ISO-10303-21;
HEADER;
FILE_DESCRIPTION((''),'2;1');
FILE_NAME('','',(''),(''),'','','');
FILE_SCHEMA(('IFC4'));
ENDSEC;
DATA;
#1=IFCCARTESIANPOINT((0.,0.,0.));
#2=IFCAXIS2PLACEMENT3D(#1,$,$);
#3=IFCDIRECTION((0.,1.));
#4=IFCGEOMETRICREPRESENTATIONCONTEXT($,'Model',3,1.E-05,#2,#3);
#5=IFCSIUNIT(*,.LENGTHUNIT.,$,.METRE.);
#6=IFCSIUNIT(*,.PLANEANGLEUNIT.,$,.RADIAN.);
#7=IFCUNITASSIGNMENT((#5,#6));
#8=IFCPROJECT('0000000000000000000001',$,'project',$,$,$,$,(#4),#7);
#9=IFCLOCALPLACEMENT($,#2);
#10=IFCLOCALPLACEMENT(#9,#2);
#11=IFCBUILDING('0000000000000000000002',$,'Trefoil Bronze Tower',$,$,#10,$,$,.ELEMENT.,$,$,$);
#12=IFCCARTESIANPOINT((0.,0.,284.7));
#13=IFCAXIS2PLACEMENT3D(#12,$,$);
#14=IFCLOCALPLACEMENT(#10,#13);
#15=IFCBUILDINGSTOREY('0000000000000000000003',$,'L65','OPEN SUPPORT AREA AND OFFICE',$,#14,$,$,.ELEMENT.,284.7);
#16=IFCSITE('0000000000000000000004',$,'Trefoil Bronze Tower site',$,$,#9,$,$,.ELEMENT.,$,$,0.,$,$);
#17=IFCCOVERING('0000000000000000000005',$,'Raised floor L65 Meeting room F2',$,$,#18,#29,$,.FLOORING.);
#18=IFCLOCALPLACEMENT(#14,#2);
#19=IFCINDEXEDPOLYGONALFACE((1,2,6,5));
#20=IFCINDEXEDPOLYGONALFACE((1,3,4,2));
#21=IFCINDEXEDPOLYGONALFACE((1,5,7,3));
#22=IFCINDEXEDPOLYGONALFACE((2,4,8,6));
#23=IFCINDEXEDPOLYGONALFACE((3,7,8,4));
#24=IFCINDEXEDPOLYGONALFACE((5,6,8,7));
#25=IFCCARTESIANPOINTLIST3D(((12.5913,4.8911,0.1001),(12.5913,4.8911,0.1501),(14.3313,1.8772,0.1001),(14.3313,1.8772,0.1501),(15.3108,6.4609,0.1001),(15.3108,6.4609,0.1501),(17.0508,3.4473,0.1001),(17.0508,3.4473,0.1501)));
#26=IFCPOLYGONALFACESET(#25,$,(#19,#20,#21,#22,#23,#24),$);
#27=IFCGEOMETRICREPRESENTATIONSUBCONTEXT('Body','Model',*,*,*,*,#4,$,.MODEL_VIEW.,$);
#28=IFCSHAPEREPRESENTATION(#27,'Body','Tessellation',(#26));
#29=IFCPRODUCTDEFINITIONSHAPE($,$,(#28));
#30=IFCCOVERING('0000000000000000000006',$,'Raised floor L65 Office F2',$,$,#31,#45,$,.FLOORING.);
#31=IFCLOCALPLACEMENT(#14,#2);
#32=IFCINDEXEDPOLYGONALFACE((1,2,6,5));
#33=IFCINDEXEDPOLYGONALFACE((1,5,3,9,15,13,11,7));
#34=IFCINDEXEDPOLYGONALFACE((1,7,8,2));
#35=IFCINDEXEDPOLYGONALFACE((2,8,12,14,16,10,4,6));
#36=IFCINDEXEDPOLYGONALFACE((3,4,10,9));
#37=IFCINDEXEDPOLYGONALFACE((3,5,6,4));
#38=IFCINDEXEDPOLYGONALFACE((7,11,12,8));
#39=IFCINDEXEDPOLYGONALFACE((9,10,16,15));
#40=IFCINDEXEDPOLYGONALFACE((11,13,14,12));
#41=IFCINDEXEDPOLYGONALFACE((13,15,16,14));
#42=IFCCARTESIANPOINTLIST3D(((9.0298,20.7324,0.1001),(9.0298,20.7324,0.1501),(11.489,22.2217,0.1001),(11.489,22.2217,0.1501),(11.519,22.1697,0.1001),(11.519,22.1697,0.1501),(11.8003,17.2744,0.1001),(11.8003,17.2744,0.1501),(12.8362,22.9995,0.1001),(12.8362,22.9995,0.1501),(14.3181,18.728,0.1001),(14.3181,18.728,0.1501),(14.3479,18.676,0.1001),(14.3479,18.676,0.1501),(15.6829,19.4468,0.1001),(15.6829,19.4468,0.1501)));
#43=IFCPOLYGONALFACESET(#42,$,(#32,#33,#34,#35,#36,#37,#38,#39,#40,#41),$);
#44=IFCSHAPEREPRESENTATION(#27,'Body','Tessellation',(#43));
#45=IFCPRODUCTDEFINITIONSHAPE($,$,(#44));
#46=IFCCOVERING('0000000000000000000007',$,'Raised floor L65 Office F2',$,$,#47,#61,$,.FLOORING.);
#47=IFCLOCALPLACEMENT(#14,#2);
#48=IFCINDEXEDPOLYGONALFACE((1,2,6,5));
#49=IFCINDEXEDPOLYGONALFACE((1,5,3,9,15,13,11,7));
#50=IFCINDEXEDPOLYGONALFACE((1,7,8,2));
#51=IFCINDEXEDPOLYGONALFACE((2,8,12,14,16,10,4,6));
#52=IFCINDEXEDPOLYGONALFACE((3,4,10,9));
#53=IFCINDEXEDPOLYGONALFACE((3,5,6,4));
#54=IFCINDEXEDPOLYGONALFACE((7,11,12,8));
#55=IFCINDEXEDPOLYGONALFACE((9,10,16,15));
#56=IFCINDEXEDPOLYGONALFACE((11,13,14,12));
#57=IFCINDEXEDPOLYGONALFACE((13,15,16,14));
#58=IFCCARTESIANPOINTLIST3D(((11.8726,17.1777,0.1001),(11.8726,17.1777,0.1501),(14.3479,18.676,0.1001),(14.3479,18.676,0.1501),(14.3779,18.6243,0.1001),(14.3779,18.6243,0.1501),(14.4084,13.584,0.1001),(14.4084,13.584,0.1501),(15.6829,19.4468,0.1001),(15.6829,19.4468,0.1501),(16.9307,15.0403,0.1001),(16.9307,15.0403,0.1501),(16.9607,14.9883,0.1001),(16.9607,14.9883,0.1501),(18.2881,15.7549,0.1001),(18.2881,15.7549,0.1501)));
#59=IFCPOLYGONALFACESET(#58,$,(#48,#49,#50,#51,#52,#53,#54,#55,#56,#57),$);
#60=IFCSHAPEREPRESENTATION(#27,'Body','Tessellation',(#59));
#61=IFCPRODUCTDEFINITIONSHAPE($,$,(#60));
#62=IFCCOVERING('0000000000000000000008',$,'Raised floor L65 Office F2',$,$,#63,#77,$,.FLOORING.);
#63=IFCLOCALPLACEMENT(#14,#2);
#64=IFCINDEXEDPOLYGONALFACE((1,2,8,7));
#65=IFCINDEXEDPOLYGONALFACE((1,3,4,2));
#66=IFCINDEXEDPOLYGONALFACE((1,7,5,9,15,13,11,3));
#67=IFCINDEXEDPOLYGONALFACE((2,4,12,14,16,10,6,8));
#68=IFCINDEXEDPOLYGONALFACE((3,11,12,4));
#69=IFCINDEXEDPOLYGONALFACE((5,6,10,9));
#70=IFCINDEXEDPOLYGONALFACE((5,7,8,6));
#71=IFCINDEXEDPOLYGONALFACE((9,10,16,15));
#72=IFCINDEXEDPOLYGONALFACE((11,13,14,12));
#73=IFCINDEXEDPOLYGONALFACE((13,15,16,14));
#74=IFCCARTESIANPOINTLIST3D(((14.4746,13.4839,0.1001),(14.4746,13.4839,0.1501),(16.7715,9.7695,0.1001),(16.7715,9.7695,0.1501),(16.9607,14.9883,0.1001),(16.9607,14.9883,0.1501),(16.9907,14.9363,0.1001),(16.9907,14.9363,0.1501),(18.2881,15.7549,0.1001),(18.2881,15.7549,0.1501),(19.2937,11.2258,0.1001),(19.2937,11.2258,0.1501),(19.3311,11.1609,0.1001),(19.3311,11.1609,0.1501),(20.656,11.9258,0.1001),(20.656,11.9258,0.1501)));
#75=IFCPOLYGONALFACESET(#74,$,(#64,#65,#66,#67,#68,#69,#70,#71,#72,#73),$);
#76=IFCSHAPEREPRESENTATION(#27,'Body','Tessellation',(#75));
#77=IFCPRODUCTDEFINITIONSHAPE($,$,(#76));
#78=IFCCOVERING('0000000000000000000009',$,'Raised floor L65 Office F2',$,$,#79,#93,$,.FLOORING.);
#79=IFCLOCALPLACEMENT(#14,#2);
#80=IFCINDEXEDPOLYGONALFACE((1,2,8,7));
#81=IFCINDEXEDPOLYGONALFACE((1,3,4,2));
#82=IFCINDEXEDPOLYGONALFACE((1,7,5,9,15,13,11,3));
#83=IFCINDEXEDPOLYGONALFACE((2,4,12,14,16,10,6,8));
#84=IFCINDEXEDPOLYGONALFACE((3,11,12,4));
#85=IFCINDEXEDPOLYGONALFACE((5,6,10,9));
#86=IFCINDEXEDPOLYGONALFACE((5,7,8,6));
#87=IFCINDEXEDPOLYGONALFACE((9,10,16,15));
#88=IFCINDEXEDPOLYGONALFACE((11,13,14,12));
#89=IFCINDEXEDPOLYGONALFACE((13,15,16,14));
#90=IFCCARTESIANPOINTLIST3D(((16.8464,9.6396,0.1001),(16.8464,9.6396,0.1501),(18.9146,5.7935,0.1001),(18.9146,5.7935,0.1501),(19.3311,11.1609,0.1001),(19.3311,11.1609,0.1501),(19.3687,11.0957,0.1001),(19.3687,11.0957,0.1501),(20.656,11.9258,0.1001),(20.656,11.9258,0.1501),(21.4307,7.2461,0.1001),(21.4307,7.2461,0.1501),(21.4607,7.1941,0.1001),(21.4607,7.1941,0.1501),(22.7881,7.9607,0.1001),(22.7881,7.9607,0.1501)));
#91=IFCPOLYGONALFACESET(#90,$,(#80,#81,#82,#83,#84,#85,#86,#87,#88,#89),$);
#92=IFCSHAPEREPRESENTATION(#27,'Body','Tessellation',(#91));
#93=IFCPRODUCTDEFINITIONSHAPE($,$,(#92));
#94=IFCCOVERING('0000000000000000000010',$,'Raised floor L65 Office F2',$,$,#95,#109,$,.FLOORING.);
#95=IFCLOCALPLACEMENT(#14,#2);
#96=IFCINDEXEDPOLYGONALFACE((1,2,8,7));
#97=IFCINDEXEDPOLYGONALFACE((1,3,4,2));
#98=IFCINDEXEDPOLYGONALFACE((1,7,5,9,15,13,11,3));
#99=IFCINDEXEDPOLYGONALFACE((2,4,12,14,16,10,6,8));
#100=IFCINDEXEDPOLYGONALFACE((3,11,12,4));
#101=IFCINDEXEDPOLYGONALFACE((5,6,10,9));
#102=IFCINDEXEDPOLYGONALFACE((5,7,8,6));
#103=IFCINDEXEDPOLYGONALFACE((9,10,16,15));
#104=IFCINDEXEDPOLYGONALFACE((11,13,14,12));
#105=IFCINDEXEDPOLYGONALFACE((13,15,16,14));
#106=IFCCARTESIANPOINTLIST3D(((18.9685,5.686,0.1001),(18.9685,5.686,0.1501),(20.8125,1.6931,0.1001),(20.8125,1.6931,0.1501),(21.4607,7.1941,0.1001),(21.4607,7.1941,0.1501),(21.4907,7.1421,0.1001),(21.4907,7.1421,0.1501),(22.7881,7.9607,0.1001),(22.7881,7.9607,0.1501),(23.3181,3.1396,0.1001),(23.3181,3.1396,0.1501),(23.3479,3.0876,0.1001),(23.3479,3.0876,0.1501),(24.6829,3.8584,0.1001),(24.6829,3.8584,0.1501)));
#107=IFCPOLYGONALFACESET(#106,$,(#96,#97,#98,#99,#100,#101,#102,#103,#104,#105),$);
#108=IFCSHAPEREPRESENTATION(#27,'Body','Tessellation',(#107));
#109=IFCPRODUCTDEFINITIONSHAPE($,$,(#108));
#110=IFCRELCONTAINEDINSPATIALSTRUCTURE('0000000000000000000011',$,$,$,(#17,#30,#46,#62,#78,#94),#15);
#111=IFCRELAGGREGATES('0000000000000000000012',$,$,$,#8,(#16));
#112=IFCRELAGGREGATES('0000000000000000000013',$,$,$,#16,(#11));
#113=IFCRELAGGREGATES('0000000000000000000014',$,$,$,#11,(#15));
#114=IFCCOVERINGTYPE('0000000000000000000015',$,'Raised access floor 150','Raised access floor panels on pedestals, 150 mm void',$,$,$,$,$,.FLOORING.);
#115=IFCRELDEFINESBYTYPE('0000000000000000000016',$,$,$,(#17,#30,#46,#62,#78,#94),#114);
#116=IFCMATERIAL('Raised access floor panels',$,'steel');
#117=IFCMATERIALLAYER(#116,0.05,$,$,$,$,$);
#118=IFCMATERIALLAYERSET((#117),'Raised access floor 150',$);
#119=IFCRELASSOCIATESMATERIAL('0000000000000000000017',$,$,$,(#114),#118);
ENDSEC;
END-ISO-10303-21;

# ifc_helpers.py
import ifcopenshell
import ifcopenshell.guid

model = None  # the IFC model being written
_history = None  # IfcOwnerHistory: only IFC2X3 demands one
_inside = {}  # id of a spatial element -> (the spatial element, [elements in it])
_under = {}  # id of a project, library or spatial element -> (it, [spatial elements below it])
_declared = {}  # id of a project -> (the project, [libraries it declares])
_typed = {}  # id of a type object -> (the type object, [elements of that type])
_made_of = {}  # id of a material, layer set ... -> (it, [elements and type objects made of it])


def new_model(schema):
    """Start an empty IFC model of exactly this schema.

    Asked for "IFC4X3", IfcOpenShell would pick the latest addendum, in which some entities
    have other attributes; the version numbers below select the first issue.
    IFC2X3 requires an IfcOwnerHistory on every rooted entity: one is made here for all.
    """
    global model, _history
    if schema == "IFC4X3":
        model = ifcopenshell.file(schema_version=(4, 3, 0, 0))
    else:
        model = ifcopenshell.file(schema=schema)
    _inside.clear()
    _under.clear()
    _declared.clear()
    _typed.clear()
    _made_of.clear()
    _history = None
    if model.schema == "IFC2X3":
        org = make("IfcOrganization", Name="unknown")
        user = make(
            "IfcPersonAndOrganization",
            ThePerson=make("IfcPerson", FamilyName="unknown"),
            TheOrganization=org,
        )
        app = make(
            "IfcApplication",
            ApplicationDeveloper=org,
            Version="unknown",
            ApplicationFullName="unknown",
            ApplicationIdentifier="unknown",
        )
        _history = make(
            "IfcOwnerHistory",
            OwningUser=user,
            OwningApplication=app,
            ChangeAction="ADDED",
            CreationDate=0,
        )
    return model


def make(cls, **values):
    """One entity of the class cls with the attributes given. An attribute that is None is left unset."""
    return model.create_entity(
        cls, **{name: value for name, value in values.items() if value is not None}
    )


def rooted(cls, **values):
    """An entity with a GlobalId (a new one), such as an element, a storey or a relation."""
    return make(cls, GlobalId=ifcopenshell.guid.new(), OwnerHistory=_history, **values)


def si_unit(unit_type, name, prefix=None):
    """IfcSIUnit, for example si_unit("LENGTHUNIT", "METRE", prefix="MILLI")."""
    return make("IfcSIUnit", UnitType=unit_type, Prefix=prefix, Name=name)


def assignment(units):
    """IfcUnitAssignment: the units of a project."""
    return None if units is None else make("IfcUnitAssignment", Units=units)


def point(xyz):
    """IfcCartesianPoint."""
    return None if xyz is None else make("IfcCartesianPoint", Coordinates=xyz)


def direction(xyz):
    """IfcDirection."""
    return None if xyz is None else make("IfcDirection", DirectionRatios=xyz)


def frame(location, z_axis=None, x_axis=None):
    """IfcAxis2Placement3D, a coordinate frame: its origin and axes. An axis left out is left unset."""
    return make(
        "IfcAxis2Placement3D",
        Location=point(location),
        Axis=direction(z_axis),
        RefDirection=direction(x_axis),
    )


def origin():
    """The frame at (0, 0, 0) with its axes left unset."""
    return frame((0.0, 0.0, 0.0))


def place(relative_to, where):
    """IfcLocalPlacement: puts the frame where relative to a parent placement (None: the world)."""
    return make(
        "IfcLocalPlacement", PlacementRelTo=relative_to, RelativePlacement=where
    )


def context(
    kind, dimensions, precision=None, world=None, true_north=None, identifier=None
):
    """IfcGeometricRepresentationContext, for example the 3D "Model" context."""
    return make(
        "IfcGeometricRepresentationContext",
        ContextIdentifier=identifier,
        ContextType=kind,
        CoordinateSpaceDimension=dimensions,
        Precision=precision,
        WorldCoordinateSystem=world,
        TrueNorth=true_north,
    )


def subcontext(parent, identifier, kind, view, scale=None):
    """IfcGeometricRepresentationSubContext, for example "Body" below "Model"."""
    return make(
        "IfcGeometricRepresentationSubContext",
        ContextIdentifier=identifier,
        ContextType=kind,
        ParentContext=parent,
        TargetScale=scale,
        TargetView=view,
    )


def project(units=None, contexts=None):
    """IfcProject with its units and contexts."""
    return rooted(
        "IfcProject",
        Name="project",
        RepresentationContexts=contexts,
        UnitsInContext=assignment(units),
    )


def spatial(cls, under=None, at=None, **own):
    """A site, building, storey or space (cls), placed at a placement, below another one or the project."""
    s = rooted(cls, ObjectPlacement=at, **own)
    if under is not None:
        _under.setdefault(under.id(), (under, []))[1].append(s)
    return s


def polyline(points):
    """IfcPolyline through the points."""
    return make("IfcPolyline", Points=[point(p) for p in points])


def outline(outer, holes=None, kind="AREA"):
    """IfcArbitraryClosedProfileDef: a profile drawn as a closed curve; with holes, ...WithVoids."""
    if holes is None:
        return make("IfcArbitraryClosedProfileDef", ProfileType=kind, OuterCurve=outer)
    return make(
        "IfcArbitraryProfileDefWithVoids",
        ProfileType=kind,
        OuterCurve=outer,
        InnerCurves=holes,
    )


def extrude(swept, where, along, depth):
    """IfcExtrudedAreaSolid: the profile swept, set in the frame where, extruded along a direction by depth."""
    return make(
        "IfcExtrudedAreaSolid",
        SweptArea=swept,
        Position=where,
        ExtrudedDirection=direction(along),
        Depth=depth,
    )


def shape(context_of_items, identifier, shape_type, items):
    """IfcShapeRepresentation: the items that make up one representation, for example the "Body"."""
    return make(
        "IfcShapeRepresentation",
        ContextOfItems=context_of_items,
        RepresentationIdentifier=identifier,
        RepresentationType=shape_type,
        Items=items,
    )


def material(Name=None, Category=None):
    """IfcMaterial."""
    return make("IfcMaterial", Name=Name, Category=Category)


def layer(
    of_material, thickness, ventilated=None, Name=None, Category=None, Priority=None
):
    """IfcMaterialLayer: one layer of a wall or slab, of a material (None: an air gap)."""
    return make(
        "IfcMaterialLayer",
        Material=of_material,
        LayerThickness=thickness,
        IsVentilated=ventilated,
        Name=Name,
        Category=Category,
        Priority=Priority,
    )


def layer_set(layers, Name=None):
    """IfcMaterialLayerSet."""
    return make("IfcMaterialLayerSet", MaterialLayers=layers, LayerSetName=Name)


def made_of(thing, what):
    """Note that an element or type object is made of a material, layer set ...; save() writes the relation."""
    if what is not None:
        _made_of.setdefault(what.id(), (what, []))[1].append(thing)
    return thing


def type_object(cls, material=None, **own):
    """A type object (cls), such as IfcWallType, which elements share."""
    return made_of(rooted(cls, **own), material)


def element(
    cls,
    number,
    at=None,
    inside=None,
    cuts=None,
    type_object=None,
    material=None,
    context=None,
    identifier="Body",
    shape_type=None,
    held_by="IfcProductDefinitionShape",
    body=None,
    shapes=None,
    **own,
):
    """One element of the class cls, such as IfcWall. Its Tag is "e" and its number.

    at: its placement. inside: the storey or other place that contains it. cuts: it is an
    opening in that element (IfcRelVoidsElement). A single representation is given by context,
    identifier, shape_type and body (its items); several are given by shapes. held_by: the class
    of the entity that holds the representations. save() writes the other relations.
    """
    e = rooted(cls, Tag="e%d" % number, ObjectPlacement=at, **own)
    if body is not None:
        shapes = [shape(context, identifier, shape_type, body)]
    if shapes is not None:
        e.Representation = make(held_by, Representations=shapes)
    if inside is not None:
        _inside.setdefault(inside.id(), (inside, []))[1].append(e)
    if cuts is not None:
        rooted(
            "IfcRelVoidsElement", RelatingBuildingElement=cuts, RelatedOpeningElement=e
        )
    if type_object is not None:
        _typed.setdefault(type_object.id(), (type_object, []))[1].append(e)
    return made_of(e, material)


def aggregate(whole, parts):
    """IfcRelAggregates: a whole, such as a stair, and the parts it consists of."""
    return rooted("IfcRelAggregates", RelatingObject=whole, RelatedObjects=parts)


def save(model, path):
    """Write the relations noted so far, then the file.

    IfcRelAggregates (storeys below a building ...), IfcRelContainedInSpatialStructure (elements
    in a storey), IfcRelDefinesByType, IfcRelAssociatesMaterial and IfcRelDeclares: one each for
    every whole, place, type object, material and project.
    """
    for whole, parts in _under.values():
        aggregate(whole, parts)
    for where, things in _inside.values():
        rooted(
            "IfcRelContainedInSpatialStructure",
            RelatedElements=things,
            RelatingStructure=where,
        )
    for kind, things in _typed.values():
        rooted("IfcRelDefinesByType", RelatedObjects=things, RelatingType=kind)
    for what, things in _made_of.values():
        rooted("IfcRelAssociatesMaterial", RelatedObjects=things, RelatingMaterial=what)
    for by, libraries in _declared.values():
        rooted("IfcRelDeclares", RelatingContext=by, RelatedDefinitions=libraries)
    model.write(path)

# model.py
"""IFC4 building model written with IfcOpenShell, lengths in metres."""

from ifc_helpers import new_model, si_unit, direction, frame, origin, place, context, subcontext, project, spatial, polyline, outline, extrude, material, layer, layer_set, type_object, element, save


model = new_model("IFC4")

# Units and contexts
model_context = context("Model", 3, precision=1e-05, world=origin(), true_north=direction((0.0, 1.0)))
body_context = subcontext(model_context, "Body", "Model", "MODEL_VIEW")
ifc_project = project(units=[si_unit("LENGTHUNIT", "METRE"), si_unit("PLANEANGLEUNIT", "RADIAN")], contexts=[model_context])

# Site, building, storey
site_placement = place(None, origin())
site = spatial("IfcSite", under=ifc_project, at=site_placement, Name="Trefoil Bronze Tower site", CompositionType="ELEMENT", RefElevation=0.0)
building_placement = place(site_placement, origin())
building = spatial("IfcBuilding", under=site, at=building_placement, Name="Trefoil Bronze Tower", CompositionType="ELEMENT")
storey_placement = place(building_placement, frame((0.0, 0.0, 284.7)))
storey = spatial("IfcBuildingStorey", under=building, at=storey_placement, Name="L65", Description="OPEN SUPPORT AREA AND OFFICE", CompositionType="ELEMENT", Elevation=284.7)

# Coverings
ifc_material_1 = material(Name="Raised access floor panels", Category="steel")
ifc_layer_1 = layer(ifc_material_1, 0.05)
ifc_layer_set_1 = layer_set([ifc_layer_1], Name="Raised access floor 150")
covering_type_1 = type_object("IfcCoveringType", Name="Raised access floor 150", Description="Raised access floor panels on pedestals, 150 mm void", PredefinedType="FLOORING", material=ifc_layer_set_1)
covering_1_placement = place(storey_placement, frame((0.0, 0.0, 0.1001)))
element("IfcCovering", 1, at=covering_1_placement, inside=storey, type_object=covering_type_1, Name="Raised floor L65 Meeting room F2", PredefinedType="FLOORING", context=body_context, shape_type="SweptSolid", body=[
    extrude(outline(polyline([(12.5913, 4.8911), (15.3108, 6.4609), (17.0508, 3.4473), (14.3313, 1.8772), (12.5913, 4.8911)])), origin(), (0.0, 0.0, 1.0), 0.05),
])
covering_2_placement = place(storey_placement, frame((0.0, 0.0, 0.1001)))
element("IfcCovering", 2, at=covering_2_placement, inside=storey, type_object=covering_type_1, Name="Raised floor L65 Office F2", PredefinedType="FLOORING", context=body_context, shape_type="SweptSolid", body=[
    extrude(outline(polyline([(15.6829, 19.4468), (14.3479, 18.676), (14.3181, 18.728), (11.8003, 17.2744), (9.0298, 20.7324), (11.519, 22.1697), (11.489, 22.2217), (12.8362, 22.9995), (15.6829, 19.4468)])), origin(), (0.0, 0.0, 1.0), 0.05),
])
covering_3_placement = place(storey_placement, frame((0.0, 0.0, 0.1001)))
element("IfcCovering", 3, at=covering_3_placement, inside=storey, type_object=covering_type_1, Name="Raised floor L65 Office F2", PredefinedType="FLOORING", context=body_context, shape_type="SweptSolid", body=[
    extrude(outline(polyline([(18.2881, 15.7549), (16.9607, 14.9883), (16.9307, 15.0403), (14.4084, 13.584), (11.8726, 17.1777), (14.3779, 18.6243), (14.3479, 18.676), (15.6829, 19.4468), (18.2881, 15.7549)])), origin(), (0.0, 0.0, 1.0), 0.05),
])
covering_4_placement = place(storey_placement, frame((0.0, 0.0, 0.1001)))
element("IfcCovering", 4, at=covering_4_placement, inside=storey, type_object=covering_type_1, Name="Raised floor L65 Office F2", PredefinedType="FLOORING", context=body_context, shape_type="SweptSolid", body=[
    extrude(outline(polyline([(18.2881, 15.7549), (20.656, 11.9258), (19.3311, 11.1609), (19.2937, 11.2258), (16.7715, 9.7695), (14.4746, 13.4839), (16.9907, 14.9363), (16.9607, 14.9883), (18.2881, 15.7549)])), origin(), (0.0, 0.0, 1.0), 0.05),
])
covering_5_placement = place(storey_placement, frame((0.0, 0.0, 0.1001)))
element("IfcCovering", 5, at=covering_5_placement, inside=storey, type_object=covering_type_1, Name="Raised floor L65 Office F2", PredefinedType="FLOORING", context=body_context, shape_type="SweptSolid", body=[
    extrude(outline(polyline([(22.7881, 7.9607), (21.4607, 7.1941), (21.4307, 7.2461), (18.9146, 5.7935), (16.8464, 9.6396), (19.3687, 11.0957), (19.3311, 11.1609), (20.656, 11.9258), (22.7881, 7.9607)])), origin(), (0.0, 0.0, 1.0), 0.05),
])
covering_6_placement = place(storey_placement, frame((0.0, 0.0, 0.1001)))
element("IfcCovering", 6, at=covering_6_placement, inside=storey, type_object=covering_type_1, Name="Raised floor L65 Office F2", PredefinedType="FLOORING", context=body_context, shape_type="SweptSolid", body=[
    extrude(outline(polyline([(22.7881, 7.9607), (24.6829, 3.8584), (23.3479, 3.0876), (23.3181, 3.1396), (20.8125, 1.6931), (18.9685, 5.686), (21.4907, 7.1421), (21.4607, 7.1941), (22.7881, 7.9607)])), origin(), (0.0, 0.0, 1.0), 0.05),
])

save(model, "model.ifc")
